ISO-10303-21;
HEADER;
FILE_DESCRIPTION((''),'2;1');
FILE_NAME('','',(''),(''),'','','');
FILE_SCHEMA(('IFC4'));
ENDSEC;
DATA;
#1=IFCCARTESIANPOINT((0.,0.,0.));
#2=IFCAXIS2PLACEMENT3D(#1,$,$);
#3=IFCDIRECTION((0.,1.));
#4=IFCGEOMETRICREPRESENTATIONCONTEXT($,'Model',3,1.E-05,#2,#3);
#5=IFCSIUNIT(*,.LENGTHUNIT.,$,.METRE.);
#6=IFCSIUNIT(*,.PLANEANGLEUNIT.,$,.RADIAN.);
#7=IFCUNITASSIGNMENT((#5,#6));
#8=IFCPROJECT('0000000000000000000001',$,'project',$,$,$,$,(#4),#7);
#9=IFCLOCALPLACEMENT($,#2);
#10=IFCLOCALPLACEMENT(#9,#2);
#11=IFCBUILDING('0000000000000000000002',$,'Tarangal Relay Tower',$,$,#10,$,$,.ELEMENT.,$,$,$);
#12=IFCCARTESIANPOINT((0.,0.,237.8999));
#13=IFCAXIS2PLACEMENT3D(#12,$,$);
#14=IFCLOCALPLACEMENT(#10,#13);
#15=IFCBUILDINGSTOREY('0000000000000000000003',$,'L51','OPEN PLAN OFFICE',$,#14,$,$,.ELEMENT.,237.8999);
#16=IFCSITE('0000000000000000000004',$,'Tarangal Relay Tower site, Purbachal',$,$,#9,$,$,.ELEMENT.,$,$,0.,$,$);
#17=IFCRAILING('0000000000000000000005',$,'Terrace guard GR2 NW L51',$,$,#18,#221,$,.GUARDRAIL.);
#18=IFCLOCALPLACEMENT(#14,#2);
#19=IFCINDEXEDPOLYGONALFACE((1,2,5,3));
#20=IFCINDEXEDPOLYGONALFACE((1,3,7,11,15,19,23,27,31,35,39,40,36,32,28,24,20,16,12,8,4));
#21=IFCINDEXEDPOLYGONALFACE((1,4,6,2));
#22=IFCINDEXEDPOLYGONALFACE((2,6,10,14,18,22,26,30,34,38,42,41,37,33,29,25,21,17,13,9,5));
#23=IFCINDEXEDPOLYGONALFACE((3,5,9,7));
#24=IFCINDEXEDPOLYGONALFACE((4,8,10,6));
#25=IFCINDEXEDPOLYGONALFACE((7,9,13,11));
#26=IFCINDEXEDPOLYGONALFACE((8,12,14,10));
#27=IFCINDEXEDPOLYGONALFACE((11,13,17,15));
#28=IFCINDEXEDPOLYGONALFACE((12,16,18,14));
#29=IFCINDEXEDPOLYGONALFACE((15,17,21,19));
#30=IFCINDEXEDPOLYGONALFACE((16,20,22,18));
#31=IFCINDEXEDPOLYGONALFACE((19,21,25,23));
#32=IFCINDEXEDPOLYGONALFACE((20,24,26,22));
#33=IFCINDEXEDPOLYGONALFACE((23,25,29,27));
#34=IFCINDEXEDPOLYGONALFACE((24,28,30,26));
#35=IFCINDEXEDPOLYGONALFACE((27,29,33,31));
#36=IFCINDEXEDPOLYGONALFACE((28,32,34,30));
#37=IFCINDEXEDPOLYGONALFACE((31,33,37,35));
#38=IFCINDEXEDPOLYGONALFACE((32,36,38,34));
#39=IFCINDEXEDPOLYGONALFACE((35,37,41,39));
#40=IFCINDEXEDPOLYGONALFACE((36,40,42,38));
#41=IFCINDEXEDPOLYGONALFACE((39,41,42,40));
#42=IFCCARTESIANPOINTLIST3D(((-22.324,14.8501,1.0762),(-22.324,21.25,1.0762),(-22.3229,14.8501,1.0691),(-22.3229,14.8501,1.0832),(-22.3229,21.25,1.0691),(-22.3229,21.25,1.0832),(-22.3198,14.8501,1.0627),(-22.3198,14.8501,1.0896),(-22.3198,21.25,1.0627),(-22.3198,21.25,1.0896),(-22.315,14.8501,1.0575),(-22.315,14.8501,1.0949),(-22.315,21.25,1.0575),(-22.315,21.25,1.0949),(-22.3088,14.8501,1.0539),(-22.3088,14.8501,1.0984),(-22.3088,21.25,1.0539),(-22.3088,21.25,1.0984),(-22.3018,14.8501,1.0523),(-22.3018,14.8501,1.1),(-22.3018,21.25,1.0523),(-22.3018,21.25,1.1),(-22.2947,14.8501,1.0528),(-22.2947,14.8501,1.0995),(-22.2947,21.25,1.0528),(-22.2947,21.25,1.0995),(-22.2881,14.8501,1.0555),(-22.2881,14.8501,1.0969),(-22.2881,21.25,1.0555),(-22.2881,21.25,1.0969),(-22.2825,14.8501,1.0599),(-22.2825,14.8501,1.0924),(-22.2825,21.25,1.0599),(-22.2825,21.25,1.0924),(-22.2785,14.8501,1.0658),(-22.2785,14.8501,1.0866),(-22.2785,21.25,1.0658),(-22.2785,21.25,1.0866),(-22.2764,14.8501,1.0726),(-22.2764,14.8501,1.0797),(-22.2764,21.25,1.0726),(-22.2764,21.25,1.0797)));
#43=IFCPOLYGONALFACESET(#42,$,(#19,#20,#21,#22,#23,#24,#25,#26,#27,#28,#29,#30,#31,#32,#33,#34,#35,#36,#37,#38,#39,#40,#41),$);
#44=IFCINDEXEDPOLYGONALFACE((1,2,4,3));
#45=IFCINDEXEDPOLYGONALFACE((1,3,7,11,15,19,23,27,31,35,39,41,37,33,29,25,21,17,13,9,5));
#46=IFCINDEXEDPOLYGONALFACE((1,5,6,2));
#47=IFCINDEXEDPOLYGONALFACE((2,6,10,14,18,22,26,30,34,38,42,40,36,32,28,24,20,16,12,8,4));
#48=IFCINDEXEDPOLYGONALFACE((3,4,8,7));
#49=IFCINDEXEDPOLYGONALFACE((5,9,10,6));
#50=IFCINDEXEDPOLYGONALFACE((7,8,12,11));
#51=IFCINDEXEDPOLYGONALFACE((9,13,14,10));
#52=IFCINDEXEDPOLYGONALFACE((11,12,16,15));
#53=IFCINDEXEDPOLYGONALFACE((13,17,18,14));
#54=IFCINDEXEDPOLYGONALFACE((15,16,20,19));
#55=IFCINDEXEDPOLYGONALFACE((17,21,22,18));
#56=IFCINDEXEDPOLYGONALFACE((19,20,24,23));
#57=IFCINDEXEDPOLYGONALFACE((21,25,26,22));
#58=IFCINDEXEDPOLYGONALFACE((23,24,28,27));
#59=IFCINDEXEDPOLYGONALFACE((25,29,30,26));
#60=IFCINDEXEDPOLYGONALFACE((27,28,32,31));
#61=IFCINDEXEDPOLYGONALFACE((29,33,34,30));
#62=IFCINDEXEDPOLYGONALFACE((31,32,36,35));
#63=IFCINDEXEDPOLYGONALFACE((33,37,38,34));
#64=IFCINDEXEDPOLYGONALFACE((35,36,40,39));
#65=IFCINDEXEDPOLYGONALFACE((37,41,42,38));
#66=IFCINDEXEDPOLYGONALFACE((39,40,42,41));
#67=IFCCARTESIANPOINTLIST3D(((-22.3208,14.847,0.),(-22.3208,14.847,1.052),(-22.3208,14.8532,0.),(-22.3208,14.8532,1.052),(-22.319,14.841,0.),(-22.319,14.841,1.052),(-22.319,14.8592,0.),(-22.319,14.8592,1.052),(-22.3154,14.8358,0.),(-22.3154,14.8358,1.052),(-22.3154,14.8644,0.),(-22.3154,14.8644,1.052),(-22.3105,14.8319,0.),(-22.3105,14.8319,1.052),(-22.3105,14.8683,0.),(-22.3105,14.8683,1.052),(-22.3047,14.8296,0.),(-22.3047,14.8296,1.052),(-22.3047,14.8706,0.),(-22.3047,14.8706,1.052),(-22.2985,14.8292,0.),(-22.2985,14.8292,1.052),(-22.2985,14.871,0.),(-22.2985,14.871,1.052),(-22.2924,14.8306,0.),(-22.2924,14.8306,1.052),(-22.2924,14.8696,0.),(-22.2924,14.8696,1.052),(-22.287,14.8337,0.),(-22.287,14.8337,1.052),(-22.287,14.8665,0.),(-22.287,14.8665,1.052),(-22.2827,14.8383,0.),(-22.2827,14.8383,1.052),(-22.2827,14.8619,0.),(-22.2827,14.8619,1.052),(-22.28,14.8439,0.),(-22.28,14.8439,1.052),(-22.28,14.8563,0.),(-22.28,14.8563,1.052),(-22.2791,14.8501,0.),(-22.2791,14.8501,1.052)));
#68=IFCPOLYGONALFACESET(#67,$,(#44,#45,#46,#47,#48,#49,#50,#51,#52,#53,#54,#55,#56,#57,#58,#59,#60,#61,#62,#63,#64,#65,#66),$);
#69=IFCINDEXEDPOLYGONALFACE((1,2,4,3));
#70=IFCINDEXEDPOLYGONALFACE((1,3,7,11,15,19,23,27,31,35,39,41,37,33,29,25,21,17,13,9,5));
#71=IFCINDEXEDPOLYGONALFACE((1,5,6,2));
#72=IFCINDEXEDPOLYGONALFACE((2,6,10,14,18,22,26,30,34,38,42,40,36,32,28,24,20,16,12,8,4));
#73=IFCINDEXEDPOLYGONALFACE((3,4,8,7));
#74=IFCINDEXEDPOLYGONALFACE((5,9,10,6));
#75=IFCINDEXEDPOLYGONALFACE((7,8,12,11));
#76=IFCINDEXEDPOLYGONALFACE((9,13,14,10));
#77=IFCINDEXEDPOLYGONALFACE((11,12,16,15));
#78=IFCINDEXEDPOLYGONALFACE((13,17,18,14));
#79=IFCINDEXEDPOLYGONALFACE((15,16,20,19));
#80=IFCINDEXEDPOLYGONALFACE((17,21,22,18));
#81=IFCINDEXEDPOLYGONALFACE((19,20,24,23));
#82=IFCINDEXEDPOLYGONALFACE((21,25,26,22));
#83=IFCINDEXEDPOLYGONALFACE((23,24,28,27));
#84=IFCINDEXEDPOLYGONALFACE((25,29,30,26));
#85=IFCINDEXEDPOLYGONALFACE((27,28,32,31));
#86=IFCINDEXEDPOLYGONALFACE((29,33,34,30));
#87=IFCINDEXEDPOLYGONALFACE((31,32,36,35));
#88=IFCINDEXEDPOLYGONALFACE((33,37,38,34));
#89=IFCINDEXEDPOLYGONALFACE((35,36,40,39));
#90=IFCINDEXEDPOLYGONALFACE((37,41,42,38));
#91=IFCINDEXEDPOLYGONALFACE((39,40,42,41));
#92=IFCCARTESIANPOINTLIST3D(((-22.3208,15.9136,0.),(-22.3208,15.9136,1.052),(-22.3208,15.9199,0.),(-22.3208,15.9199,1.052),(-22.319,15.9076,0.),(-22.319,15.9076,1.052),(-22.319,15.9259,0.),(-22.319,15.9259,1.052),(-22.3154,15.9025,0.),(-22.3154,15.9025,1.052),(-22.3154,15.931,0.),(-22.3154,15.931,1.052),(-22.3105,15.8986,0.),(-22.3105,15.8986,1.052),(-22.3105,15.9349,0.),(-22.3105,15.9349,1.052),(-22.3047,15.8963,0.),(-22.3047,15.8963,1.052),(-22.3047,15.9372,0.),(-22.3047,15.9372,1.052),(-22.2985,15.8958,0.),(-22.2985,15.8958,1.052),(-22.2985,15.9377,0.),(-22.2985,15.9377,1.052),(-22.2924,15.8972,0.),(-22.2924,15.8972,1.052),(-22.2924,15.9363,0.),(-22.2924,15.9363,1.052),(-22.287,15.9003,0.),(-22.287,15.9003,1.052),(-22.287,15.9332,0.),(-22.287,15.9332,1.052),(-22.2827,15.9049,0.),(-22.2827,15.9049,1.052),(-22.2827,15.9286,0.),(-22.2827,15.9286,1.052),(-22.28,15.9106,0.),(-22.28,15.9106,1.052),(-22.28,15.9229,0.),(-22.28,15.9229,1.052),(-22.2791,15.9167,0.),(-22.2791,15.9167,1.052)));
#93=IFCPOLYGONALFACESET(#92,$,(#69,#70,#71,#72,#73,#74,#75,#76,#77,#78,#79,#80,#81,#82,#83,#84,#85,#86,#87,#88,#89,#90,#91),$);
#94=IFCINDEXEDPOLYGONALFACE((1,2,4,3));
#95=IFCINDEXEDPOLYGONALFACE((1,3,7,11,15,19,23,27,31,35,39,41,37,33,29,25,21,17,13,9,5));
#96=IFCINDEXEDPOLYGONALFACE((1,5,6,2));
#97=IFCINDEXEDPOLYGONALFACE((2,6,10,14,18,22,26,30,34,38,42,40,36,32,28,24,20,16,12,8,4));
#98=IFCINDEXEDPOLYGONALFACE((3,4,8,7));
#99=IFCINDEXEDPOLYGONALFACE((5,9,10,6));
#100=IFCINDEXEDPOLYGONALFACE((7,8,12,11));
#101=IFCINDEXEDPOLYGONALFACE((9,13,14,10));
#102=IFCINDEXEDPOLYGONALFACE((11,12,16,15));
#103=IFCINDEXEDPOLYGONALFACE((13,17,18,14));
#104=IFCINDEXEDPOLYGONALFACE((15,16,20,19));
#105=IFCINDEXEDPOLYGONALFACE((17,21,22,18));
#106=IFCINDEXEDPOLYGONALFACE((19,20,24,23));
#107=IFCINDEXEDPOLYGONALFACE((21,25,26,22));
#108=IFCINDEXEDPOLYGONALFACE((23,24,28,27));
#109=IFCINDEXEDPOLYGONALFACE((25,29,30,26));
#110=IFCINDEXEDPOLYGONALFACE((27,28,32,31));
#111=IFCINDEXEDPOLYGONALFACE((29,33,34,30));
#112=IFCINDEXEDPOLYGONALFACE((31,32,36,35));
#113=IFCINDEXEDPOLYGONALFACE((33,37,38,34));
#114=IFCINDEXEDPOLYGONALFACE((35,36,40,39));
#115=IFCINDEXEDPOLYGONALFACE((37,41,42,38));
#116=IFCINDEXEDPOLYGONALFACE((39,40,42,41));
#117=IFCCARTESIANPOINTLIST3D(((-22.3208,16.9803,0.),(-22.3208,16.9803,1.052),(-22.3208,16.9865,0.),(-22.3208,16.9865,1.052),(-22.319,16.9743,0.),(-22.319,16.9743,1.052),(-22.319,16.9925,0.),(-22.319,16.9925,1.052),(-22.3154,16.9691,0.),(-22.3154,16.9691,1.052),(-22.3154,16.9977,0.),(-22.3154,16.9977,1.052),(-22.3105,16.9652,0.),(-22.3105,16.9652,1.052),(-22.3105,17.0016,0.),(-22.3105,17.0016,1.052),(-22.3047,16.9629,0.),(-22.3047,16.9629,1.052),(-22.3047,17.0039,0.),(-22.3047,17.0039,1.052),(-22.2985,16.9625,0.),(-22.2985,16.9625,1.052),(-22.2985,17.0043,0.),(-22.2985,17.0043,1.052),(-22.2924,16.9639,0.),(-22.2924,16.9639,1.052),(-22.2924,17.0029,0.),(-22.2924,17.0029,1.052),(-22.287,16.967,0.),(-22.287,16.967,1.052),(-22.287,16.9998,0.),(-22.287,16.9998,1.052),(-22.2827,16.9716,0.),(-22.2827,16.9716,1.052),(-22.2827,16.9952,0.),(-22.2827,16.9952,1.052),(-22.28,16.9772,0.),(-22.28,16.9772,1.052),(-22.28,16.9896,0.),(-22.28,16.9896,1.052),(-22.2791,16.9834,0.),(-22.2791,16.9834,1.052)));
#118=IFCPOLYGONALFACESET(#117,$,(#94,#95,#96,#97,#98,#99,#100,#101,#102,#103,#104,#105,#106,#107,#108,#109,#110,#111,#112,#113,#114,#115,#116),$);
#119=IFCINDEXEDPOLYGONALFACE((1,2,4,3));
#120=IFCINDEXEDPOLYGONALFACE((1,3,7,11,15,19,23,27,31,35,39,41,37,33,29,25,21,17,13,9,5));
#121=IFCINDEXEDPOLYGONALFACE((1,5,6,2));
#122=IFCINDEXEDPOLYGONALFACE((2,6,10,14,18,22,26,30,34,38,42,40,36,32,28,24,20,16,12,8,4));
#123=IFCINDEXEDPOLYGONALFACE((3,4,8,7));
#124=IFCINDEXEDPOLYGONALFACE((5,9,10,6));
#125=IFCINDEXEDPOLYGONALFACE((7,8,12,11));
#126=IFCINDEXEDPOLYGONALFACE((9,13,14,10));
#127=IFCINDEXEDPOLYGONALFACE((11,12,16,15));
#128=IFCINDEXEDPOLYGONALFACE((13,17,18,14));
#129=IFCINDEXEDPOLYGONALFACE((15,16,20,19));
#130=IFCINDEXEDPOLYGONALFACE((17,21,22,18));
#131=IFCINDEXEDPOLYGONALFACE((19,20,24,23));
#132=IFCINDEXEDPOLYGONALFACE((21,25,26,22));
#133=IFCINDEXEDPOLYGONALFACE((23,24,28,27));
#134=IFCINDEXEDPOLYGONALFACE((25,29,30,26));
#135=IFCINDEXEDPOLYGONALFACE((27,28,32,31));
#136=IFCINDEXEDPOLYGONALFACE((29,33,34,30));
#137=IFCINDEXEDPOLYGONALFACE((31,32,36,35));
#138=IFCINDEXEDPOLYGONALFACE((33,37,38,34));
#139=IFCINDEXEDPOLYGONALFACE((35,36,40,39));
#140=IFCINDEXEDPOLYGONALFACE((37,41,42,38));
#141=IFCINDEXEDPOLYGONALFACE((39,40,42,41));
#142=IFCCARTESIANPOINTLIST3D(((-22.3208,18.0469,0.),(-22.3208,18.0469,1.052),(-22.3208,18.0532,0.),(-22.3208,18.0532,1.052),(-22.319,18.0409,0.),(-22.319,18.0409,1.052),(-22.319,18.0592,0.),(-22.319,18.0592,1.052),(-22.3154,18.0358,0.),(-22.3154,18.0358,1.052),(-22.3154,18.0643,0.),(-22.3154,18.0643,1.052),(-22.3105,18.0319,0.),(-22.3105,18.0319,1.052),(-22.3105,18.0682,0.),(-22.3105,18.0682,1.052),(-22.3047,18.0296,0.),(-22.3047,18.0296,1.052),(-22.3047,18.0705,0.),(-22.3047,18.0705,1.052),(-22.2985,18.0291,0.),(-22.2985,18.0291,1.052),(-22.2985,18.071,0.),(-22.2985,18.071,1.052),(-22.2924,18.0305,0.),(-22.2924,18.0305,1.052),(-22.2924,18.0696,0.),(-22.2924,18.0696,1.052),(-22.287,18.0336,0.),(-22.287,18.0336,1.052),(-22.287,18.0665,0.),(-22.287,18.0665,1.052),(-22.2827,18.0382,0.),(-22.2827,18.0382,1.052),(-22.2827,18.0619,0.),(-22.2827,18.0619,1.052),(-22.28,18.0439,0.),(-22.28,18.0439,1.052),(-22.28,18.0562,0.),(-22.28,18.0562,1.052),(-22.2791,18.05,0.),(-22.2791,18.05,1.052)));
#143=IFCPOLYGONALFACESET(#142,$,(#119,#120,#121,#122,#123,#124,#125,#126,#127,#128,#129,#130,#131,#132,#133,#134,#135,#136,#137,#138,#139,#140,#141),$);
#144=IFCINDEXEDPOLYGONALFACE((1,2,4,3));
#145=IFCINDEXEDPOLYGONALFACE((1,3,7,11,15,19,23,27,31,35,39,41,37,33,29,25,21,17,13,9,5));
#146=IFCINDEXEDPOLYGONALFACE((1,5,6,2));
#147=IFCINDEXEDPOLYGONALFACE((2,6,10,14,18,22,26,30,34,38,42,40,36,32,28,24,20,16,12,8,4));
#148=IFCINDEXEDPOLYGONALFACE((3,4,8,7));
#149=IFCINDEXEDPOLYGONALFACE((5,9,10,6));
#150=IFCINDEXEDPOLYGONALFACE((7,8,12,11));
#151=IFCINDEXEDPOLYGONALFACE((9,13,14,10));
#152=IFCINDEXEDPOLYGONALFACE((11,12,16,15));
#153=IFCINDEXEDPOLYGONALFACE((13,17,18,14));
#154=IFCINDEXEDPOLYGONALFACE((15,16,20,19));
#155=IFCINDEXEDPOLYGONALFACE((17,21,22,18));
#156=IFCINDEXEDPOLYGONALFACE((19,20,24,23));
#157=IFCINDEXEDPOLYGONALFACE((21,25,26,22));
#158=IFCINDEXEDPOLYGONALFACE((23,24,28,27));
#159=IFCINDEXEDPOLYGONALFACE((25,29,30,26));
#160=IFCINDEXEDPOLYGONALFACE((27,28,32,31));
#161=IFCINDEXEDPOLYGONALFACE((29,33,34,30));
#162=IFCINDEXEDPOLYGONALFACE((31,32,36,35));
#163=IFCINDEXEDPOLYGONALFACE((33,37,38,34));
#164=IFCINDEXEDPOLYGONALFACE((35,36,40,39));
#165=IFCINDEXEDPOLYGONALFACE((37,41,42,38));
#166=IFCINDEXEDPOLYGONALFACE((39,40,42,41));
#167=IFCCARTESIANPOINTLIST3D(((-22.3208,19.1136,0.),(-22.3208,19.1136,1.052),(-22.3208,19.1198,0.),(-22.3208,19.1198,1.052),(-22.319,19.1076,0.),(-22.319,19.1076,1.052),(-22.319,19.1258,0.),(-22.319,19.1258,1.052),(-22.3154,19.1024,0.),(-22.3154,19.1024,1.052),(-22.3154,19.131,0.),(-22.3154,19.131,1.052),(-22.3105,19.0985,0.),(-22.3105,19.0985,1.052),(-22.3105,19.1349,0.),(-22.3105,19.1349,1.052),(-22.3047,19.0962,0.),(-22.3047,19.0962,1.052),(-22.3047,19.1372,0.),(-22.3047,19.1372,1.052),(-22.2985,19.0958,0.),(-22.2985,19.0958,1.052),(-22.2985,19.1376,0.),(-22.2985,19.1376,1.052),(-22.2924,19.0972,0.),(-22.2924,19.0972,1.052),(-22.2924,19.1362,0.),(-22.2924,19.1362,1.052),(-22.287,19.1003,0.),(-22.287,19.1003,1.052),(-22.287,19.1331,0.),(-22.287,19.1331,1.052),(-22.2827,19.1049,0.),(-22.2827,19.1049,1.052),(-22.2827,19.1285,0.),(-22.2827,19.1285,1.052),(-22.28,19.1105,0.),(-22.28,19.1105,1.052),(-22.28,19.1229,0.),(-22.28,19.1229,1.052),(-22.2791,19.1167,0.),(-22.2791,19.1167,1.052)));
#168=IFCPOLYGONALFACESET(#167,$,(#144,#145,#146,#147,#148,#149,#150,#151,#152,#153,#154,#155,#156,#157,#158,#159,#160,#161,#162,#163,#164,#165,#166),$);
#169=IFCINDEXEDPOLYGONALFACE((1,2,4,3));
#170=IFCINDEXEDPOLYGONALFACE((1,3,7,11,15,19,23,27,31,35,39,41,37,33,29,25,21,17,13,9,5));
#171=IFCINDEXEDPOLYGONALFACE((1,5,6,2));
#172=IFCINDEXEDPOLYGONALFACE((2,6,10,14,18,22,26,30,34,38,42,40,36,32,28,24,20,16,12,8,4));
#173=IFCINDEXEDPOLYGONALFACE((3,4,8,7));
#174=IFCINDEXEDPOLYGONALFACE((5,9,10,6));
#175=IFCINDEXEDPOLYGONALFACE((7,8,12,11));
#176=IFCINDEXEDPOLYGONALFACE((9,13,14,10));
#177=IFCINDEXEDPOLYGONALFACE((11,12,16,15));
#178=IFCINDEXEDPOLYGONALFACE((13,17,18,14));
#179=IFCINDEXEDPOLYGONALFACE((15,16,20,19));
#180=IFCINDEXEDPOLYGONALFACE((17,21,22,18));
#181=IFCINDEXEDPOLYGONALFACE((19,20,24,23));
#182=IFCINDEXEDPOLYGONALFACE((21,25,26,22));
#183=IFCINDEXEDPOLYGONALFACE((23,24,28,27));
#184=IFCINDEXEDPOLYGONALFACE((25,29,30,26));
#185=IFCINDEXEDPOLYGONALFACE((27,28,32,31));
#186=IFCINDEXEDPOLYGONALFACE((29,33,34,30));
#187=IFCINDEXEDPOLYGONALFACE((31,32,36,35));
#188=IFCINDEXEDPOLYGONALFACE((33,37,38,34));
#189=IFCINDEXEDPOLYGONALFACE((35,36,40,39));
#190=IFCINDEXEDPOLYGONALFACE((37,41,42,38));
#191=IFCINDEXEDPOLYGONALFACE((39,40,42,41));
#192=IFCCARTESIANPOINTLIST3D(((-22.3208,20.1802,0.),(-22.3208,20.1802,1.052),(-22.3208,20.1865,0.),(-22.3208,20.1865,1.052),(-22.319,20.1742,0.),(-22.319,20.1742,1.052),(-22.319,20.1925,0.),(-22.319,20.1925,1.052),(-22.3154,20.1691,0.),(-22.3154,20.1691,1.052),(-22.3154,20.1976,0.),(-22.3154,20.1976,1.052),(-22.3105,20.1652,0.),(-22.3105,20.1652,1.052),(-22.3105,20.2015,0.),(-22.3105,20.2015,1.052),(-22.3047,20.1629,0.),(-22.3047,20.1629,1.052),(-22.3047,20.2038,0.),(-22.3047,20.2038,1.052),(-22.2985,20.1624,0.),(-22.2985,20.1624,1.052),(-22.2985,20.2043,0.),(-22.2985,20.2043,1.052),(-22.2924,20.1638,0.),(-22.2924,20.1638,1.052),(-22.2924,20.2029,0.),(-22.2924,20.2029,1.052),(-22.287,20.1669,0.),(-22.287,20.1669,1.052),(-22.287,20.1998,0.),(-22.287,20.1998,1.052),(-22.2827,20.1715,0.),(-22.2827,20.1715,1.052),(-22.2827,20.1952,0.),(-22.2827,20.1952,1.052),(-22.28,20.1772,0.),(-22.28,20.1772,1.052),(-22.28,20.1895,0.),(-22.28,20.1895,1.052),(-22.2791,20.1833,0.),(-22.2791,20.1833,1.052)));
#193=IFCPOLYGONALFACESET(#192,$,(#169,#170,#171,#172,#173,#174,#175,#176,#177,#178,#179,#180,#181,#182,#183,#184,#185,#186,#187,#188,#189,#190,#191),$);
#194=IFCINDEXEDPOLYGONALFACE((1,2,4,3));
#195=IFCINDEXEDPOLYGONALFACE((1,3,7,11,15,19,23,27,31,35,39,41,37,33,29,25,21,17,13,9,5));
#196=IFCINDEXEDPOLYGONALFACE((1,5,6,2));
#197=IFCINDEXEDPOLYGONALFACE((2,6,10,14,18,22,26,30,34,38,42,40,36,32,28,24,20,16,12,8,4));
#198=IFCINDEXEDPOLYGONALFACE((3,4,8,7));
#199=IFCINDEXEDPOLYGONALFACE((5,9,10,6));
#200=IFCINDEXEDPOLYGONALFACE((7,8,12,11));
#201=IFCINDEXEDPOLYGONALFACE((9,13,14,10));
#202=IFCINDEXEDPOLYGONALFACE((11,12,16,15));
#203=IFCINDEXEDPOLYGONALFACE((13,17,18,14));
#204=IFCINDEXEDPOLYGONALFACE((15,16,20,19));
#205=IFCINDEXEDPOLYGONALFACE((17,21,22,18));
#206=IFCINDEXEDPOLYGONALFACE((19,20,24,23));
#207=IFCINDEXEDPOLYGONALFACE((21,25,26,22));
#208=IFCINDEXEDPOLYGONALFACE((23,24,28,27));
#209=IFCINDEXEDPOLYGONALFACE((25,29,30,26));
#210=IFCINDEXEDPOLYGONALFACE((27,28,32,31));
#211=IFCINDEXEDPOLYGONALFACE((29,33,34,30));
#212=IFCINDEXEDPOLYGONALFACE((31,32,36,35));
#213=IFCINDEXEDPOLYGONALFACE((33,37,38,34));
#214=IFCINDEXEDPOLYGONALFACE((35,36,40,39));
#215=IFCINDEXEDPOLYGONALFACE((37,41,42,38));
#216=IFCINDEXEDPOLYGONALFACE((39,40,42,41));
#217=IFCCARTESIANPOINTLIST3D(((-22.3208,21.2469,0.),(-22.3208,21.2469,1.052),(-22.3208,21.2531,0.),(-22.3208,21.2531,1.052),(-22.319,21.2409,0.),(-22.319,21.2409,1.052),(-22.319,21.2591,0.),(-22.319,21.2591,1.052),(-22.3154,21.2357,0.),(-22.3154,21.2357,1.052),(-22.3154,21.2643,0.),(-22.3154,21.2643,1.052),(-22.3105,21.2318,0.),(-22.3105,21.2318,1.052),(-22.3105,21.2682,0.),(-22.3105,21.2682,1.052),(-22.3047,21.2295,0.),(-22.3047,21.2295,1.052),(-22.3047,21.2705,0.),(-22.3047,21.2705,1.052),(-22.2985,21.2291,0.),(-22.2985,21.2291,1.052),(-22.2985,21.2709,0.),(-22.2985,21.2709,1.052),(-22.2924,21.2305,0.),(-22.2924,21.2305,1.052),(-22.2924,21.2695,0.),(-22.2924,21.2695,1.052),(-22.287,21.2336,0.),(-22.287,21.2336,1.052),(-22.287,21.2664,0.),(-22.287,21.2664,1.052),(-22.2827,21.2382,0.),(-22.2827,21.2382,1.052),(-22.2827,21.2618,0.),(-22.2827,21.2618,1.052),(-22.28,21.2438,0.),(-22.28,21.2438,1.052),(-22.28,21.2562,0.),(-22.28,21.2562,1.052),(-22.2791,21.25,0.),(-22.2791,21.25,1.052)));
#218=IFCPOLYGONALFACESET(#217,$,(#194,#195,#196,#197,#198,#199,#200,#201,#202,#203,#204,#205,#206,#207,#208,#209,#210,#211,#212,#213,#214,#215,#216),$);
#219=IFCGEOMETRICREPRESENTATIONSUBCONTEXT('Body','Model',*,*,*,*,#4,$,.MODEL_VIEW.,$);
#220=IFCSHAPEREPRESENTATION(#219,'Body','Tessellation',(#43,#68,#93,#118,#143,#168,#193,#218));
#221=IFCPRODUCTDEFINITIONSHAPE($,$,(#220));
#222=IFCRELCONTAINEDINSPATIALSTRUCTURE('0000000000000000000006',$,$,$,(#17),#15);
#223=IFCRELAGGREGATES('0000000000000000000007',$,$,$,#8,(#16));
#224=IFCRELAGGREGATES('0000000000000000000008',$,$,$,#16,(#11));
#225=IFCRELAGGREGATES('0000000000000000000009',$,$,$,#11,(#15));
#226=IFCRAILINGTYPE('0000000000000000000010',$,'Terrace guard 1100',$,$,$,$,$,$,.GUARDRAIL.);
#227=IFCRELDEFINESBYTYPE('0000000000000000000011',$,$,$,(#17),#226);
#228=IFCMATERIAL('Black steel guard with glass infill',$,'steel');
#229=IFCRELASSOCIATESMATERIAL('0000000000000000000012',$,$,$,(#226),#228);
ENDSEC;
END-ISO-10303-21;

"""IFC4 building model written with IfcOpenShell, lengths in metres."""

from ifc_helpers import new_model, si_unit, direction, frame, origin, origin_2d, place, context, subcontext, project, spatial, circle, extrude, material, type_object, element, save


model = new_model("IFC4")

# Units and contexts
model_context = context("Model", 3, precision=1e-05, world=origin(), true_north=direction((0.0, 1.0)))
body_context = subcontext(model_context, "Body", "Model", "MODEL_VIEW")
ifc_project = project(units=[si_unit("LENGTHUNIT", "METRE"), si_unit("PLANEANGLEUNIT", "RADIAN")], contexts=[model_context])

# Site, building, storey
site_placement = place(None, origin())
site = spatial("IfcSite", under=ifc_project, at=site_placement, Name="Tarangal Relay Tower site, Purbachal", CompositionType="ELEMENT", RefElevation=0.0)
building_placement = place(site_placement, origin())
building = spatial("IfcBuilding", under=site, at=building_placement, Name="Tarangal Relay Tower", CompositionType="ELEMENT")
storey_placement = place(building_placement, frame((0.0, 0.0, 237.8999)))
storey = spatial("IfcBuildingStorey", under=building, at=storey_placement, Name="L51", Description="OPEN PLAN OFFICE", CompositionType="ELEMENT", Elevation=237.8999)

# Railing
ifc_material_1 = material(Name="Black steel guard with glass infill", Category="steel")
railing_type = type_object("IfcRailingType", Name="Terrace guard 1100", PredefinedType="GUARDRAIL", material=ifc_material_1)
railing_1_placement = place(storey_placement, frame((-22.3, 14.8501, 0.0)))
element("IfcRailing", 1, at=railing_1_placement, inside=storey, type_object=railing_type, Name="Terrace guard GR2 NW L51", PredefinedType="GUARDRAIL", context=body_context, shape_type="SweptSolid", body=[
    extrude(circle(Radius=0.0239, at=origin_2d()), frame((0.0, 0.0, 1.0762), z_axis=(0.0, 1.0, 0.0), x_axis=(-1.0, 0.0, 0.0)), (0.0, 0.0, 1.0), 6.3999),
    extrude(circle(Radius=0.021, at=origin_2d()), origin(), (0.0, 0.0, 1.0), 1.052),
    extrude(circle(Radius=0.021, at=origin_2d()), frame((0.0, 1.0667, 0.0)), (0.0, 0.0, 1.0), 1.052),
    extrude(circle(Radius=0.021, at=origin_2d()), frame((0.0, 2.1333, 0.0)), (0.0, 0.0, 1.0), 1.052),
    extrude(circle(Radius=0.021, at=origin_2d()), frame((0.0, 3.2, 0.0)), (0.0, 0.0, 1.0), 1.052),
    extrude(circle(Radius=0.021, at=origin_2d()), frame((0.0, 4.2666, 0.0)), (0.0, 0.0, 1.0), 1.052),
    extrude(circle(Radius=0.021, at=origin_2d()), frame((0.0, 5.3333, 0.0)), (0.0, 0.0, 1.0), 1.052),
    extrude(circle(Radius=0.021, at=origin_2d()), frame((0.0, 6.3999, 0.0)), (0.0, 0.0, 1.0), 1.052),
])

save(model, "model.ifc")
